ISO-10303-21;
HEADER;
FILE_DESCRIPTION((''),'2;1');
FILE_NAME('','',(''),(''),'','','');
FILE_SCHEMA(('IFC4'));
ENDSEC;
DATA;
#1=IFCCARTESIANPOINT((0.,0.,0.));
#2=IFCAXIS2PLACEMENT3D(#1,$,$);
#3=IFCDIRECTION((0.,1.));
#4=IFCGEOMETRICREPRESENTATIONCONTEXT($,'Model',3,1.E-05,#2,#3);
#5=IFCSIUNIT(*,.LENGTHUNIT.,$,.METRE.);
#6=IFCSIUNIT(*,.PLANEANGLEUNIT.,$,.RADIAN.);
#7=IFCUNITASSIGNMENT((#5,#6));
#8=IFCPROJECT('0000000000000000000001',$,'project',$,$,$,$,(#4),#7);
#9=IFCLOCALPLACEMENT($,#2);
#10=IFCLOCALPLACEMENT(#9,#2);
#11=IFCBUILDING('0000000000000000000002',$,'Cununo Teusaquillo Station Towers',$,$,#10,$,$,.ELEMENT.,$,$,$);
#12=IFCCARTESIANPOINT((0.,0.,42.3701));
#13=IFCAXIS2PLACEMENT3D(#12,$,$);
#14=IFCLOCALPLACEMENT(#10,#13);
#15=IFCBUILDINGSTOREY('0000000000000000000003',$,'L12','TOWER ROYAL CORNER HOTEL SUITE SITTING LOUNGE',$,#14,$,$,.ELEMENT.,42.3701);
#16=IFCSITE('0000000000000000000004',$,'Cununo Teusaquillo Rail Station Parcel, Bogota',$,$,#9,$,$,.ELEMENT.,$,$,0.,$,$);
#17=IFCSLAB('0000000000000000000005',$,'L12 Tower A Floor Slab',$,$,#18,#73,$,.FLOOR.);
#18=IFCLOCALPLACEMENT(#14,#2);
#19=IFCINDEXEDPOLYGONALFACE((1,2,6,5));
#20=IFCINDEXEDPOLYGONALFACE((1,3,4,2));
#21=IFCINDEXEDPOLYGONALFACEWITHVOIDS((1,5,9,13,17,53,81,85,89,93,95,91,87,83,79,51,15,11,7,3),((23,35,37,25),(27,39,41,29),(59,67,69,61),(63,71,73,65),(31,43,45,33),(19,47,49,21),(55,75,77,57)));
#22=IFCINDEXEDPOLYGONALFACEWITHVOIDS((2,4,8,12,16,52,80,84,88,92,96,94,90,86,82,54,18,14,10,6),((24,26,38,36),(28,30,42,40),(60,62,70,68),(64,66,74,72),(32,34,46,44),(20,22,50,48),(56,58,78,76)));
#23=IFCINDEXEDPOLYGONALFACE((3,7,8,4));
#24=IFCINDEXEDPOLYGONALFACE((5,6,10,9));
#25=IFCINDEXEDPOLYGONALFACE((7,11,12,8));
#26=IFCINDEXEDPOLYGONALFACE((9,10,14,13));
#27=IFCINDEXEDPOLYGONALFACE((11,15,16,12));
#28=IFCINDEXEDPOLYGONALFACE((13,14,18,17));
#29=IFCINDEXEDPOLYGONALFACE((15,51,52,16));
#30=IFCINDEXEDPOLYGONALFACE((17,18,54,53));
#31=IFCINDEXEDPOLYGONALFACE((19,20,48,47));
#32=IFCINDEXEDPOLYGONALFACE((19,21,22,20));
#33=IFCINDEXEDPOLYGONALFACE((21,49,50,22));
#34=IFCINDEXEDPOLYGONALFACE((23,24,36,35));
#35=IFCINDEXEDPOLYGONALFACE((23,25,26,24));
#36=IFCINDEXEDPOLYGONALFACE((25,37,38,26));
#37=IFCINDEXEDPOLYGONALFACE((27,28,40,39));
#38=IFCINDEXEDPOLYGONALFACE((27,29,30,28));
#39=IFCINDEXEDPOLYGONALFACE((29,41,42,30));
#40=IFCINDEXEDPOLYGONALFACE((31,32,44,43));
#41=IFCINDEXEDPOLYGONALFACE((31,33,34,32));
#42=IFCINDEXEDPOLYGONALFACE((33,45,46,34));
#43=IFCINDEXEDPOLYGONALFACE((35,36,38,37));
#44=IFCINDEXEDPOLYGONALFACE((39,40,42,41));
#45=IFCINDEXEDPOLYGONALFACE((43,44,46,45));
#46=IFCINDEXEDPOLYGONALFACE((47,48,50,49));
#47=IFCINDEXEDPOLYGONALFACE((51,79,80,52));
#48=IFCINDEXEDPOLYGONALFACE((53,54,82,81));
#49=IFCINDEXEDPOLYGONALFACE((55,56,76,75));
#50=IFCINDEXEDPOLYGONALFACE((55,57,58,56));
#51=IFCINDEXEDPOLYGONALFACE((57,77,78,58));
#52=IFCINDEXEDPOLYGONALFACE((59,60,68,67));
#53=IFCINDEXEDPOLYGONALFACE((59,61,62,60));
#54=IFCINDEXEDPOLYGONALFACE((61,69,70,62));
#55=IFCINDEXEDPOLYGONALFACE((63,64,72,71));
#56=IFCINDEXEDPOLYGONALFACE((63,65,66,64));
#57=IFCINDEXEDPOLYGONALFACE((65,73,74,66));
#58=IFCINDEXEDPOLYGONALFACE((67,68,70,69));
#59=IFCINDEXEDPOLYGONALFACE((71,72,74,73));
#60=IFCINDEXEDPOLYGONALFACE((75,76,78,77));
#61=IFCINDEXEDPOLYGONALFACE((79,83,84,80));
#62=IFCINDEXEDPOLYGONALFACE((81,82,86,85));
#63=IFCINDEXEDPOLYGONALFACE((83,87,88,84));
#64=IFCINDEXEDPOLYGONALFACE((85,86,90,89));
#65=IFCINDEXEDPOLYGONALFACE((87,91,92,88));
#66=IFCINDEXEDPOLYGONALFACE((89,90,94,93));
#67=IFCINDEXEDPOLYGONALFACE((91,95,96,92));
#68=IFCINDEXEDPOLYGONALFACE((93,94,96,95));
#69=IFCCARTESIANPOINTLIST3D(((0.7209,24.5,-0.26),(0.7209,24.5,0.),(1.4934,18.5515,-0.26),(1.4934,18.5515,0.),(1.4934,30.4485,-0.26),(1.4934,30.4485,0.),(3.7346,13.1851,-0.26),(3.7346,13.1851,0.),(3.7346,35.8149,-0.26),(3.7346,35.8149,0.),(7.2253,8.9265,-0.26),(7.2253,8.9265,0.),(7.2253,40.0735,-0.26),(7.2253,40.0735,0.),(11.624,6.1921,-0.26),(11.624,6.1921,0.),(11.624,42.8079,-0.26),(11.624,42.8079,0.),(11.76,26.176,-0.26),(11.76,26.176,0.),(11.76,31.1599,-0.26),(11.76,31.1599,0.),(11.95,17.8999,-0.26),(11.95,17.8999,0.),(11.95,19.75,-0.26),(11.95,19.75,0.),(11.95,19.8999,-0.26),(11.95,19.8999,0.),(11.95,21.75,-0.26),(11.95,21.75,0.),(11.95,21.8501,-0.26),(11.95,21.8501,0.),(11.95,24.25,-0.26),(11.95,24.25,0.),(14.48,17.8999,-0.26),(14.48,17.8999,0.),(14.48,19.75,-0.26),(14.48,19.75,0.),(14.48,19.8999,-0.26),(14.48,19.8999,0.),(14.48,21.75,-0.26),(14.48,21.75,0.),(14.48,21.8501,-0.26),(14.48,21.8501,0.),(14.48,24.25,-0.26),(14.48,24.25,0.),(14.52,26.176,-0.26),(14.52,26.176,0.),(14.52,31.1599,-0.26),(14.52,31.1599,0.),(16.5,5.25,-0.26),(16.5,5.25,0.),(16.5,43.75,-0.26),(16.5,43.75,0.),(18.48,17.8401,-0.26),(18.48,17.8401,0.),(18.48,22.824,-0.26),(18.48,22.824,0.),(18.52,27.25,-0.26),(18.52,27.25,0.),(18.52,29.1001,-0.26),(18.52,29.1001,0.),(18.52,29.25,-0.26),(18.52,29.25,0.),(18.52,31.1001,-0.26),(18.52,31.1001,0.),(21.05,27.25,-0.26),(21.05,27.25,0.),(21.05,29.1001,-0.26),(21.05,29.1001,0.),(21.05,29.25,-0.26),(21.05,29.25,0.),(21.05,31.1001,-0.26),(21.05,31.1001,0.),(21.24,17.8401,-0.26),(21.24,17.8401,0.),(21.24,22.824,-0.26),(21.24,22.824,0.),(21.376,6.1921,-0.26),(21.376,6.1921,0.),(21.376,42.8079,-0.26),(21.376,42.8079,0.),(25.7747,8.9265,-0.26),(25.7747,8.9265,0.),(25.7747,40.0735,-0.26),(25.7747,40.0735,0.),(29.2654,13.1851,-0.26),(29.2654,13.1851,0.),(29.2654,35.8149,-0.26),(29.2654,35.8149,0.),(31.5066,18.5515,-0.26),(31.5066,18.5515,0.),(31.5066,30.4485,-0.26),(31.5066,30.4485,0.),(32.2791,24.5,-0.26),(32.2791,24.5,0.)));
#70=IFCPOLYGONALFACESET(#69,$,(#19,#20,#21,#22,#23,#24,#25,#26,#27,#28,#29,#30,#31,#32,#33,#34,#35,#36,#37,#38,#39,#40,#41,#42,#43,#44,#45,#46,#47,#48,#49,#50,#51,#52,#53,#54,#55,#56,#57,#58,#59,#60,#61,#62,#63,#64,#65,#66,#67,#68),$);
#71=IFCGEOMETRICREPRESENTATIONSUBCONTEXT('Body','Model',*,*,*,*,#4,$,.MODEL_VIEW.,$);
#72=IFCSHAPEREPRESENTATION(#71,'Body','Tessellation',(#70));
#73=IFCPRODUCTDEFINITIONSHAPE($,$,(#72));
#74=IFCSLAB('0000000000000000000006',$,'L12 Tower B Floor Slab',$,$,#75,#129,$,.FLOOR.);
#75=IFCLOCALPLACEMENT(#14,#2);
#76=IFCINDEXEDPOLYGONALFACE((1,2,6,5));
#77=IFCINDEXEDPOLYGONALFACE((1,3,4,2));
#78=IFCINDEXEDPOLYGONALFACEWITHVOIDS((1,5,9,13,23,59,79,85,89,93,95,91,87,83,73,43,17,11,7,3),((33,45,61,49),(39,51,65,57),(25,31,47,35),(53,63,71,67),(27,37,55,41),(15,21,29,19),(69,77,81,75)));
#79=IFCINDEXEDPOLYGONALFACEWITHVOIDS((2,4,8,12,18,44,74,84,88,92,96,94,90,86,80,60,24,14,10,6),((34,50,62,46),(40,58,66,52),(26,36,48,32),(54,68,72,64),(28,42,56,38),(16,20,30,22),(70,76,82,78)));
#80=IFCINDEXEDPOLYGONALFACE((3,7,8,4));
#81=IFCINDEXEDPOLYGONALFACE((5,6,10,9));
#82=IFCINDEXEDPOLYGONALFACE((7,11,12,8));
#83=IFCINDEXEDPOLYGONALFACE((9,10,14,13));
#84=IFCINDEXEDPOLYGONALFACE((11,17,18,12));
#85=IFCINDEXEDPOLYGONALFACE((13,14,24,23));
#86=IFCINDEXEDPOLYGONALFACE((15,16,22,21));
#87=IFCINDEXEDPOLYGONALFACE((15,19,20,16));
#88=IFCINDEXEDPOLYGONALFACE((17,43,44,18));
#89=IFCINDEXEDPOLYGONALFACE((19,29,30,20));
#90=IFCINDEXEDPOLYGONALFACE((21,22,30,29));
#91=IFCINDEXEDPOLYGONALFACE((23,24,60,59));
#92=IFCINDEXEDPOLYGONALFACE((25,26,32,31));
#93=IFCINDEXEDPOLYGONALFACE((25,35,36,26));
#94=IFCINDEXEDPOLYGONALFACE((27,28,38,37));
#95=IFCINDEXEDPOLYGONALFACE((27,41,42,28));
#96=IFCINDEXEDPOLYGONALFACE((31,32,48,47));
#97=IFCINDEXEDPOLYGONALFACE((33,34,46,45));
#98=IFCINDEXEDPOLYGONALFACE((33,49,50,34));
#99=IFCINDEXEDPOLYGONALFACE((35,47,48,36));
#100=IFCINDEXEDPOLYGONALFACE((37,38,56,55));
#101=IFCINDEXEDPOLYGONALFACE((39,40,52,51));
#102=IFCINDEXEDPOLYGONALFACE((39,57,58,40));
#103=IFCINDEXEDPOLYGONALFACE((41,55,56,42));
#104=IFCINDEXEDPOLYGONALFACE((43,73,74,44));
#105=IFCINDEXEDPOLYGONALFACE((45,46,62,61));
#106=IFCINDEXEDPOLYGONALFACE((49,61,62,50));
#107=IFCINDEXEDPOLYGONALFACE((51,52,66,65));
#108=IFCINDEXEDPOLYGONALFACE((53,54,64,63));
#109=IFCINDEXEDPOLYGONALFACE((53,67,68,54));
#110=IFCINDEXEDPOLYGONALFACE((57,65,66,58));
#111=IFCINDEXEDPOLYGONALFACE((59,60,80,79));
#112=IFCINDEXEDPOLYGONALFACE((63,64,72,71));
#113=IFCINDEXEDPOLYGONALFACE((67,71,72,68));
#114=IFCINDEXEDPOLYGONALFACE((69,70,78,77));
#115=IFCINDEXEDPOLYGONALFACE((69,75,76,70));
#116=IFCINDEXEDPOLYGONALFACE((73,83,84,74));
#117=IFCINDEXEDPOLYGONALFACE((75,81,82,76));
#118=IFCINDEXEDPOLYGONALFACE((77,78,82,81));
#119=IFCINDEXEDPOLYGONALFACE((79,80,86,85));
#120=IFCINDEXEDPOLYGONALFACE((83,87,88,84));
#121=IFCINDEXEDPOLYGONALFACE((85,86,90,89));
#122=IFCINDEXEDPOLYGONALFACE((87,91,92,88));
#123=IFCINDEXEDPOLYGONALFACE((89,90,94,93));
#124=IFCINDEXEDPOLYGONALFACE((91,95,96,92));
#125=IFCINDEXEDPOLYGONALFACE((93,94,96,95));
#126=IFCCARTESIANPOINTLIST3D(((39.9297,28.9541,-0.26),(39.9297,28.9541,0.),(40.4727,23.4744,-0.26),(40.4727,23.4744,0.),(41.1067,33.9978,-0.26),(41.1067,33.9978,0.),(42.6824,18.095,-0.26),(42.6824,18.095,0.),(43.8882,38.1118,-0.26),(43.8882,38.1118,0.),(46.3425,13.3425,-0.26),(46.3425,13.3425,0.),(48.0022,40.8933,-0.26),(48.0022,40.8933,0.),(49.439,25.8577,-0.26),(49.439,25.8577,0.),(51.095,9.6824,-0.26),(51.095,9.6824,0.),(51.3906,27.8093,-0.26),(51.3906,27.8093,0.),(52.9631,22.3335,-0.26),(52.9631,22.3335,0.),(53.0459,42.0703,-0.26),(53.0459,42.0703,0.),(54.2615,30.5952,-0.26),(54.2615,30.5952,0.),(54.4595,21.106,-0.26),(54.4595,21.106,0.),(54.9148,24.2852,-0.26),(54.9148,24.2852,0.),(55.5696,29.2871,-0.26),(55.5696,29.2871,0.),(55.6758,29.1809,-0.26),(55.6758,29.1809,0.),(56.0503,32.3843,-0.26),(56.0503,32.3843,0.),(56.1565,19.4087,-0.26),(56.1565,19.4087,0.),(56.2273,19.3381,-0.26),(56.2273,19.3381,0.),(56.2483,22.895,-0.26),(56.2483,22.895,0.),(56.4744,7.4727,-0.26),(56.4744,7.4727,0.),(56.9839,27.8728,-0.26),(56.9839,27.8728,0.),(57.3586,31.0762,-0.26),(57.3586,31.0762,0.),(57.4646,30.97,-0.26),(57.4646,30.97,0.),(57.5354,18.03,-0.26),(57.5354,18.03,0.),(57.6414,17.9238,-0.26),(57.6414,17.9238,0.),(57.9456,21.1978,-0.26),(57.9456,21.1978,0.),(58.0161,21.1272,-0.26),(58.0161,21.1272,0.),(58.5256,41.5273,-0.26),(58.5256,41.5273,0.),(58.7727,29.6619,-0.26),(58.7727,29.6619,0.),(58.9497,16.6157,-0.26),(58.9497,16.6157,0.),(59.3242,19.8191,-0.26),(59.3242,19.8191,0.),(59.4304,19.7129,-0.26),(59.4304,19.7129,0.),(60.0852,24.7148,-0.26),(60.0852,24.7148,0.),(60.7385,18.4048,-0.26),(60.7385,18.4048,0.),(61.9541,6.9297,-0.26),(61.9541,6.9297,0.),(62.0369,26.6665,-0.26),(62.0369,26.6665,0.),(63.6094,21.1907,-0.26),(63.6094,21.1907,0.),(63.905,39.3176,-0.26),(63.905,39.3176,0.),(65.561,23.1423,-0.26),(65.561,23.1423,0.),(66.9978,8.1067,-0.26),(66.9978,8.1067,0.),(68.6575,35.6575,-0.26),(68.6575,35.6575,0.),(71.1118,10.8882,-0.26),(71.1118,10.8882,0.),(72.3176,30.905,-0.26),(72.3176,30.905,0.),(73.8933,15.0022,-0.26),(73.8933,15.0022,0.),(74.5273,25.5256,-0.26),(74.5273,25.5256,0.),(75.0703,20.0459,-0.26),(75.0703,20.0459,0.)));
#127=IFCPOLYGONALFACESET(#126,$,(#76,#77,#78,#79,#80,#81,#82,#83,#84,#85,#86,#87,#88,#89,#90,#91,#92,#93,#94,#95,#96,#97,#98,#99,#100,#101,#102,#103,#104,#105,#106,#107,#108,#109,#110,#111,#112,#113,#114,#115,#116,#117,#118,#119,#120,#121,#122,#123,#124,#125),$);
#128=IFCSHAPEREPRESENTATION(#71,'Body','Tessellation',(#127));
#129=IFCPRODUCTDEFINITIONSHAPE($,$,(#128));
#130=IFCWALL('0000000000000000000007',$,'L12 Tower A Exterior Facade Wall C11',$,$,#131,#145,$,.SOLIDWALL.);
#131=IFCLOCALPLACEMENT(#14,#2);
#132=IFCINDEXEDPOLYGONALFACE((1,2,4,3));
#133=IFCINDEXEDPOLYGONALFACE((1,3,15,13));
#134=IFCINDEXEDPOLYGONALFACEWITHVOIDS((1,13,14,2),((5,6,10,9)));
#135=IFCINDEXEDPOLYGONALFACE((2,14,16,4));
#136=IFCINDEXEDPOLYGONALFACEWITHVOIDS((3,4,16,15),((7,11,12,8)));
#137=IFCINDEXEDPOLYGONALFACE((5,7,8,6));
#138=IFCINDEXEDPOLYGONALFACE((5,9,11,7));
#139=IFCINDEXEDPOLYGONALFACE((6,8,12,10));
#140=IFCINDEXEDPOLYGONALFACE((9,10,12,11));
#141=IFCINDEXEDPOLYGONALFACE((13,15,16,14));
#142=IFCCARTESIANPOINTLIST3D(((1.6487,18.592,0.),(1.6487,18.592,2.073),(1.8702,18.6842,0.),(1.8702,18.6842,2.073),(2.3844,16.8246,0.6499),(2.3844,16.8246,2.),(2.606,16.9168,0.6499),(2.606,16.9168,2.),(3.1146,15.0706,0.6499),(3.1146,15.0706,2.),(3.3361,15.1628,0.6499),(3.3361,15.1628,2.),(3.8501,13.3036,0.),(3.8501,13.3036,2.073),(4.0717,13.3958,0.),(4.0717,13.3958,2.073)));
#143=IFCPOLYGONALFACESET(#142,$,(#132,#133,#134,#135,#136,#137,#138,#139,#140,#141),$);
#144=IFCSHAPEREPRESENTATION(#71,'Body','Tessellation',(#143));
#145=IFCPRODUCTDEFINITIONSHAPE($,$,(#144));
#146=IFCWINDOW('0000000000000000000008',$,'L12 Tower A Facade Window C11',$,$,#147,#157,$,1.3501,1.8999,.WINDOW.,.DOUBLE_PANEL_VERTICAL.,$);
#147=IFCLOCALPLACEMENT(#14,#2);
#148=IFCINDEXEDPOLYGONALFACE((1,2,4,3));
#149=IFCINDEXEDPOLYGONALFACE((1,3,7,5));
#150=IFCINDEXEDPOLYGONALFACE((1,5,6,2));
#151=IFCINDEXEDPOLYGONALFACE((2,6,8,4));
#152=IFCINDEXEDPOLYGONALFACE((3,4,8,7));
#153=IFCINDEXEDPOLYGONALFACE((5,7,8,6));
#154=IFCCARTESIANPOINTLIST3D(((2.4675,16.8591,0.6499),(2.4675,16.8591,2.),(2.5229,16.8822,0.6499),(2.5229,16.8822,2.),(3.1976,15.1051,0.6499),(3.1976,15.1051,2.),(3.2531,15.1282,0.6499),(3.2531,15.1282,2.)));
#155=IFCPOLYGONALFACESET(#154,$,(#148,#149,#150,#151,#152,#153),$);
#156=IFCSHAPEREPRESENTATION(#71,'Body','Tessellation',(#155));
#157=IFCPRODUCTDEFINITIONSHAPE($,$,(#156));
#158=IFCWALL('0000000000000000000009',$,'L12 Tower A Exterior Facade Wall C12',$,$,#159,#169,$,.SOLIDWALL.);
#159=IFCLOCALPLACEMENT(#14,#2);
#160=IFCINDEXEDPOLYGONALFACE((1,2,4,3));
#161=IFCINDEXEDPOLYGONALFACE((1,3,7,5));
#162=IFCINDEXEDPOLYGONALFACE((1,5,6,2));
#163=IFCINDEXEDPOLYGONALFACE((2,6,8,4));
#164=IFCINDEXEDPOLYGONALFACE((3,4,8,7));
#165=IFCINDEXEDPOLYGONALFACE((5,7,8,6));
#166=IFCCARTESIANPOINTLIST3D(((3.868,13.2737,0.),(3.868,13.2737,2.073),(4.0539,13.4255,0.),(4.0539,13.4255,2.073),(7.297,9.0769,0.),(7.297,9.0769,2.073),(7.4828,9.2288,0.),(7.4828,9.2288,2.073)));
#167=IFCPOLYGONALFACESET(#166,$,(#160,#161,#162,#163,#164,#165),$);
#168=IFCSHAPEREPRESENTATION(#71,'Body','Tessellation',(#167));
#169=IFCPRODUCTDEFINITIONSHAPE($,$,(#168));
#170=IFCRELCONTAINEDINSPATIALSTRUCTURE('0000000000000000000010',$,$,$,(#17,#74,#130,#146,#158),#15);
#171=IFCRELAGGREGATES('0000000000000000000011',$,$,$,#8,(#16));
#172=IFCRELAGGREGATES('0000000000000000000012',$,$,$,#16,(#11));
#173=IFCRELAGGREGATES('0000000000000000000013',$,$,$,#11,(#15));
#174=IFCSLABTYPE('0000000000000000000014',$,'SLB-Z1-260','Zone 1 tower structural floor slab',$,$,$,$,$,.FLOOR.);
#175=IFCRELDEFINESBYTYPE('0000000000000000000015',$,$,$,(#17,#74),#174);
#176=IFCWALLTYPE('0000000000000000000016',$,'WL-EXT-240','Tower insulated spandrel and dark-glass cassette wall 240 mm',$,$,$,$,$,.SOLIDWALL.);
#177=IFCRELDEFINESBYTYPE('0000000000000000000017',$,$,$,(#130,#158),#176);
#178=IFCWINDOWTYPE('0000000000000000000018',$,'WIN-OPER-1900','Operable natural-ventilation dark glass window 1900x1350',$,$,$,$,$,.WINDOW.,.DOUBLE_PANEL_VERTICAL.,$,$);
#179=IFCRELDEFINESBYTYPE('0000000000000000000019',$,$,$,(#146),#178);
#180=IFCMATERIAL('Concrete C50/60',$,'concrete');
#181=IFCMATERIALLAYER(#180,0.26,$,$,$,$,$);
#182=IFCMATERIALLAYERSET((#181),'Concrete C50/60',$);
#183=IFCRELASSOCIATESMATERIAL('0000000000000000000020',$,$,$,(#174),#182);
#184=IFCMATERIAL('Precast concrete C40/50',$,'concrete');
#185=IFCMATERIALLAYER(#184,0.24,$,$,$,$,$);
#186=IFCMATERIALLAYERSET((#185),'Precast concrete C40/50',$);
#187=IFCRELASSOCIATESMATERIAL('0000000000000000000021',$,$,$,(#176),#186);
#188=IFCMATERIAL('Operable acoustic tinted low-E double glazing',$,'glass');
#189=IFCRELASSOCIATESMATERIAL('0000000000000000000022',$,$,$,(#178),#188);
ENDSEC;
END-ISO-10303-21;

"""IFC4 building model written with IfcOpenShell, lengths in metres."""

from ifc_helpers import new_model, si_unit, direction, frame, frame_2d, origin, place, context, subcontext, project, spatial, polyline, rectangle, outline, extrude, source, transform, mapped, material, layer, layer_set, type_object, element, fill, save


model = new_model("IFC4")

# Units and contexts
model_context = context("Model", 3, precision=1e-05, world=origin(), true_north=direction((0.0, 1.0)))
body_context = subcontext(model_context, "Body", "Model", "MODEL_VIEW")
ifc_project = project(units=[si_unit("LENGTHUNIT", "METRE"), si_unit("PLANEANGLEUNIT", "RADIAN")], contexts=[model_context])

# Site, building, storey
site_placement = place(None, origin())
site = spatial("IfcSite", under=ifc_project, at=site_placement, Name="Cununo Teusaquillo Rail Station Parcel, Bogota", CompositionType="ELEMENT", RefElevation=0.0)
building_placement = place(site_placement, origin())
building = spatial("IfcBuilding", under=site, at=building_placement, Name="Cununo Teusaquillo Station Towers", CompositionType="ELEMENT")
storey_placement = place(building_placement, frame((0.0, 0.0, 42.3701)))
storey = spatial("IfcBuildingStorey", under=building, at=storey_placement, Name="L12", Description="TOWER ROYAL CORNER HOTEL SUITE SITTING LOUNGE", CompositionType="ELEMENT", Elevation=42.3701)

# Slabs
ifc_material_1 = material(Name="Concrete C50/60", Category="concrete")
ifc_layer_1 = layer(ifc_material_1, 0.26)
ifc_layer_set_1 = layer_set([ifc_layer_1], Name="Concrete C50/60")
slab_type_1 = type_object("IfcSlabType", Name="SLB-Z1-260", Description="Zone 1 tower structural floor slab", PredefinedType="FLOOR", material=ifc_layer_set_1)
slab_1_placement = place(storey_placement, frame((0.0, 0.0, -0.26)))
element("IfcSlab", 1, at=slab_1_placement, inside=storey, type_object=slab_type_1, Name="L12 Tower A Floor Slab", PredefinedType="FLOOR", context=body_context, shape_type="SweptSolid", body=[
    extrude(outline(polyline([(32.2791, 24.5), (31.5066, 30.4485), (29.2654, 35.8149), (25.7747, 40.0735), (21.376, 42.8079), (16.5, 43.75), (11.624, 42.8079), (7.2253, 40.0735), (3.7346, 35.8149), (1.4934, 30.4485), (0.7209, 24.5), (1.4934, 18.5515), (3.7346, 13.1851), (7.2253, 8.9265), (11.624, 6.1921), (16.5, 5.25), (21.376, 6.1921), (25.7747, 8.9265), (29.2654, 13.1851), (31.5066, 18.5515), (32.2791, 24.5)]), holes=[polyline([(14.52, 26.176), (14.52, 31.1599), (11.76, 31.1599), (11.76, 26.176), (14.52, 26.176)]), polyline([(18.48, 22.824), (18.48, 17.8401), (21.24, 17.8401), (21.24, 22.824), (18.48, 22.824)]), polyline([(11.95, 21.8501), (14.48, 21.8501), (14.48, 24.25), (11.95, 24.25), (11.95, 21.8501)]), polyline([(11.95, 17.8999), (14.48, 17.8999), (14.48, 19.75), (11.95, 19.75), (11.95, 17.8999)]), polyline([(11.95, 19.8999), (14.48, 19.8999), (14.48, 21.75), (11.95, 21.75), (11.95, 19.8999)]), polyline([(18.52, 27.25), (21.05, 27.25), (21.05, 29.1001), (18.52, 29.1001), (18.52, 27.25)]), polyline([(18.52, 29.25), (21.05, 29.25), (21.05, 31.1001), (18.52, 31.1001), (18.52, 29.25)])]), origin(), (0.0, 0.0, 1.0), 0.26),
])
slab_2_placement = place(storey_placement, frame((0.0, 0.0, -0.26)))
element("IfcSlab", 2, at=slab_2_placement, inside=storey, type_object=slab_type_1, Name="L12 Tower B Floor Slab", PredefinedType="FLOOR", context=body_context, shape_type="SweptSolid", body=[
    extrude(outline(polyline([(68.6575, 35.6575), (63.905, 39.3176), (58.5256, 41.5273), (53.0459, 42.0703), (48.0022, 40.8933), (43.8882, 38.1118), (41.1067, 33.9978), (39.9297, 28.9541), (40.4727, 23.4744), (42.6824, 18.095), (46.3425, 13.3425), (51.095, 9.6824), (56.4744, 7.4727), (61.9541, 6.9297), (66.9978, 8.1067), (71.1118, 10.8882), (73.8933, 15.0022), (75.0703, 20.0459), (74.5273, 25.5256), (72.3176, 30.905), (68.6575, 35.6575)]), holes=[polyline([(54.9148, 24.2852), (51.3906, 27.8093), (49.439, 25.8577), (52.9631, 22.3335), (54.9148, 24.2852)]), polyline([(60.0852, 24.7148), (63.6094, 21.1907), (65.561, 23.1423), (62.0369, 26.6665), (60.0852, 24.7148)]), polyline([(56.1565, 19.4087), (57.9456, 21.1978), (56.2483, 22.895), (54.4595, 21.106), (56.1565, 19.4087)]), polyline([(58.9497, 16.6157), (60.7385, 18.4048), (59.4304, 19.7129), (57.6414, 17.9238), (58.9497, 16.6157)]), polyline([(57.5354, 18.03), (59.3242, 19.8191), (58.0161, 21.1272), (56.2273, 19.3381), (57.5354, 18.03)]), polyline([(56.9839, 27.8728), (58.7727, 29.6619), (57.4646, 30.97), (55.6758, 29.1809), (56.9839, 27.8728)]), polyline([(55.5696, 29.2871), (57.3586, 31.0762), (56.0503, 32.3843), (54.2615, 30.5952), (55.5696, 29.2871)])]), origin(), (0.0, 0.0, 1.0), 0.26),
])

# Wall, opening, window
ifc_material_2 = material(Name="Precast concrete C40/50", Category="concrete")
ifc_layer_2 = layer(ifc_material_2, 0.24)
ifc_layer_set_2 = layer_set([ifc_layer_2], Name="Precast concrete C40/50")
wall_type_1 = type_object("IfcWallType", Name="WL-EXT-240", Description="Tower insulated spandrel and dark-glass cassette wall 240 mm", PredefinedType="SOLIDWALL", material=ifc_layer_set_2)
wall_1_placement = place(storey_placement, frame((3.9609, 13.3496, 0.0), z_axis=(0.0, 0.0, 1.0), x_axis=(-0.38431, 0.923204, 0.0)))
wall_1 = element("IfcWall", 3, at=wall_1_placement, inside=storey, type_object=wall_type_1, Name="L12 Tower A Exterior Facade Wall C11", PredefinedType="SOLIDWALL", context=body_context, shape_type="SweptSolid", body=[
    extrude(rectangle(XDim=5.7283, YDim=0.24, at=frame_2d((2.8643, 0.0))), origin(), (0.0, 0.0, 1.0), 2.073),
])
shared_shape_1 = source(origin(), body_context, "Body", "SweptSolid", [
    extrude(rectangle(XDim=1.8999, YDim=1.3501, at=frame_2d((0.95, 0.675))), frame((0.0, 0.1299, 0.0), z_axis=(0.0, -1.0, 0.0), x_axis=(1.0, 0.0, 0.0)), (0.0, 0.0, 1.0), 0.26),
])
opening_1_placement = place(wall_1_placement, frame((1.9141, 0.0, 0.6499)))
opening_1 = element("IfcOpeningElement", 4, at=opening_1_placement, cuts=wall_1, PredefinedType="OPENING", context=body_context, shape_type="MappedRepresentation", body=[
    mapped(shared_shape_1, transform((0.0, 0.0, 0.0), x_axis=(1.0, 0.0, 0.0), y_axis=(0.0, 1.0, 0.0), z_axis=(0.0, 0.0, 1.0), scale=1.0)),
])
ifc_material_3 = material(Name="Operable acoustic tinted low-E double glazing", Category="glass")
window_type = type_object("IfcWindowType", Name="WIN-OPER-1900", Description="Operable natural-ventilation dark glass window 1900x1350", PartitioningType="DOUBLE_PANEL_VERTICAL", PredefinedType="WINDOW", material=ifc_material_3)
shared_shape_2 = source(origin(), body_context, "Body", "SweptSolid", [
    extrude(rectangle(XDim=1.8999, YDim=1.3501, at=frame_2d((0.95, 0.675))), frame((0.0, 0.03, 0.0), z_axis=(0.0, -1.0, 0.0), x_axis=(1.0, 0.0, 0.0)), (0.0, 0.0, 1.0), 0.0601),
])
window_1_placement = place(opening_1_placement, origin())
window_1 = element("IfcWindow", 5, at=window_1_placement, inside=storey, type_object=window_type, Name="L12 Tower A Facade Window C11", OverallHeight=1.3501, OverallWidth=1.8999, PartitioningType="DOUBLE_PANEL_VERTICAL", PredefinedType="WINDOW", context=body_context, shape_type="MappedRepresentation", body=[
    mapped(shared_shape_2, transform((0.0, 0.0, 0.0), x_axis=(1.0, 0.0, 0.0), y_axis=(0.0, 1.0, 0.0), z_axis=(0.0, 0.0, 1.0), scale=1.0)),
])
fill(opening_1, window_1)

# Wall
wall_2_placement = place(storey_placement, frame((7.3899, 9.1528, 0.0), z_axis=(0.0, 0.0, 1.0), x_axis=(-0.63271, 0.774389, 0.0)))
element("IfcWall", 6, at=wall_2_placement, inside=storey, type_object=wall_type_1, Name="L12 Tower A Exterior Facade Wall C12", PredefinedType="SOLIDWALL", context=body_context, shape_type="SweptSolid", body=[
    extrude(rectangle(XDim=5.4194, YDim=0.24, at=frame_2d((2.7097, 0.0))), origin(), (0.0, 0.0, 1.0), 2.073),
])

save(model, "model.ifc")
